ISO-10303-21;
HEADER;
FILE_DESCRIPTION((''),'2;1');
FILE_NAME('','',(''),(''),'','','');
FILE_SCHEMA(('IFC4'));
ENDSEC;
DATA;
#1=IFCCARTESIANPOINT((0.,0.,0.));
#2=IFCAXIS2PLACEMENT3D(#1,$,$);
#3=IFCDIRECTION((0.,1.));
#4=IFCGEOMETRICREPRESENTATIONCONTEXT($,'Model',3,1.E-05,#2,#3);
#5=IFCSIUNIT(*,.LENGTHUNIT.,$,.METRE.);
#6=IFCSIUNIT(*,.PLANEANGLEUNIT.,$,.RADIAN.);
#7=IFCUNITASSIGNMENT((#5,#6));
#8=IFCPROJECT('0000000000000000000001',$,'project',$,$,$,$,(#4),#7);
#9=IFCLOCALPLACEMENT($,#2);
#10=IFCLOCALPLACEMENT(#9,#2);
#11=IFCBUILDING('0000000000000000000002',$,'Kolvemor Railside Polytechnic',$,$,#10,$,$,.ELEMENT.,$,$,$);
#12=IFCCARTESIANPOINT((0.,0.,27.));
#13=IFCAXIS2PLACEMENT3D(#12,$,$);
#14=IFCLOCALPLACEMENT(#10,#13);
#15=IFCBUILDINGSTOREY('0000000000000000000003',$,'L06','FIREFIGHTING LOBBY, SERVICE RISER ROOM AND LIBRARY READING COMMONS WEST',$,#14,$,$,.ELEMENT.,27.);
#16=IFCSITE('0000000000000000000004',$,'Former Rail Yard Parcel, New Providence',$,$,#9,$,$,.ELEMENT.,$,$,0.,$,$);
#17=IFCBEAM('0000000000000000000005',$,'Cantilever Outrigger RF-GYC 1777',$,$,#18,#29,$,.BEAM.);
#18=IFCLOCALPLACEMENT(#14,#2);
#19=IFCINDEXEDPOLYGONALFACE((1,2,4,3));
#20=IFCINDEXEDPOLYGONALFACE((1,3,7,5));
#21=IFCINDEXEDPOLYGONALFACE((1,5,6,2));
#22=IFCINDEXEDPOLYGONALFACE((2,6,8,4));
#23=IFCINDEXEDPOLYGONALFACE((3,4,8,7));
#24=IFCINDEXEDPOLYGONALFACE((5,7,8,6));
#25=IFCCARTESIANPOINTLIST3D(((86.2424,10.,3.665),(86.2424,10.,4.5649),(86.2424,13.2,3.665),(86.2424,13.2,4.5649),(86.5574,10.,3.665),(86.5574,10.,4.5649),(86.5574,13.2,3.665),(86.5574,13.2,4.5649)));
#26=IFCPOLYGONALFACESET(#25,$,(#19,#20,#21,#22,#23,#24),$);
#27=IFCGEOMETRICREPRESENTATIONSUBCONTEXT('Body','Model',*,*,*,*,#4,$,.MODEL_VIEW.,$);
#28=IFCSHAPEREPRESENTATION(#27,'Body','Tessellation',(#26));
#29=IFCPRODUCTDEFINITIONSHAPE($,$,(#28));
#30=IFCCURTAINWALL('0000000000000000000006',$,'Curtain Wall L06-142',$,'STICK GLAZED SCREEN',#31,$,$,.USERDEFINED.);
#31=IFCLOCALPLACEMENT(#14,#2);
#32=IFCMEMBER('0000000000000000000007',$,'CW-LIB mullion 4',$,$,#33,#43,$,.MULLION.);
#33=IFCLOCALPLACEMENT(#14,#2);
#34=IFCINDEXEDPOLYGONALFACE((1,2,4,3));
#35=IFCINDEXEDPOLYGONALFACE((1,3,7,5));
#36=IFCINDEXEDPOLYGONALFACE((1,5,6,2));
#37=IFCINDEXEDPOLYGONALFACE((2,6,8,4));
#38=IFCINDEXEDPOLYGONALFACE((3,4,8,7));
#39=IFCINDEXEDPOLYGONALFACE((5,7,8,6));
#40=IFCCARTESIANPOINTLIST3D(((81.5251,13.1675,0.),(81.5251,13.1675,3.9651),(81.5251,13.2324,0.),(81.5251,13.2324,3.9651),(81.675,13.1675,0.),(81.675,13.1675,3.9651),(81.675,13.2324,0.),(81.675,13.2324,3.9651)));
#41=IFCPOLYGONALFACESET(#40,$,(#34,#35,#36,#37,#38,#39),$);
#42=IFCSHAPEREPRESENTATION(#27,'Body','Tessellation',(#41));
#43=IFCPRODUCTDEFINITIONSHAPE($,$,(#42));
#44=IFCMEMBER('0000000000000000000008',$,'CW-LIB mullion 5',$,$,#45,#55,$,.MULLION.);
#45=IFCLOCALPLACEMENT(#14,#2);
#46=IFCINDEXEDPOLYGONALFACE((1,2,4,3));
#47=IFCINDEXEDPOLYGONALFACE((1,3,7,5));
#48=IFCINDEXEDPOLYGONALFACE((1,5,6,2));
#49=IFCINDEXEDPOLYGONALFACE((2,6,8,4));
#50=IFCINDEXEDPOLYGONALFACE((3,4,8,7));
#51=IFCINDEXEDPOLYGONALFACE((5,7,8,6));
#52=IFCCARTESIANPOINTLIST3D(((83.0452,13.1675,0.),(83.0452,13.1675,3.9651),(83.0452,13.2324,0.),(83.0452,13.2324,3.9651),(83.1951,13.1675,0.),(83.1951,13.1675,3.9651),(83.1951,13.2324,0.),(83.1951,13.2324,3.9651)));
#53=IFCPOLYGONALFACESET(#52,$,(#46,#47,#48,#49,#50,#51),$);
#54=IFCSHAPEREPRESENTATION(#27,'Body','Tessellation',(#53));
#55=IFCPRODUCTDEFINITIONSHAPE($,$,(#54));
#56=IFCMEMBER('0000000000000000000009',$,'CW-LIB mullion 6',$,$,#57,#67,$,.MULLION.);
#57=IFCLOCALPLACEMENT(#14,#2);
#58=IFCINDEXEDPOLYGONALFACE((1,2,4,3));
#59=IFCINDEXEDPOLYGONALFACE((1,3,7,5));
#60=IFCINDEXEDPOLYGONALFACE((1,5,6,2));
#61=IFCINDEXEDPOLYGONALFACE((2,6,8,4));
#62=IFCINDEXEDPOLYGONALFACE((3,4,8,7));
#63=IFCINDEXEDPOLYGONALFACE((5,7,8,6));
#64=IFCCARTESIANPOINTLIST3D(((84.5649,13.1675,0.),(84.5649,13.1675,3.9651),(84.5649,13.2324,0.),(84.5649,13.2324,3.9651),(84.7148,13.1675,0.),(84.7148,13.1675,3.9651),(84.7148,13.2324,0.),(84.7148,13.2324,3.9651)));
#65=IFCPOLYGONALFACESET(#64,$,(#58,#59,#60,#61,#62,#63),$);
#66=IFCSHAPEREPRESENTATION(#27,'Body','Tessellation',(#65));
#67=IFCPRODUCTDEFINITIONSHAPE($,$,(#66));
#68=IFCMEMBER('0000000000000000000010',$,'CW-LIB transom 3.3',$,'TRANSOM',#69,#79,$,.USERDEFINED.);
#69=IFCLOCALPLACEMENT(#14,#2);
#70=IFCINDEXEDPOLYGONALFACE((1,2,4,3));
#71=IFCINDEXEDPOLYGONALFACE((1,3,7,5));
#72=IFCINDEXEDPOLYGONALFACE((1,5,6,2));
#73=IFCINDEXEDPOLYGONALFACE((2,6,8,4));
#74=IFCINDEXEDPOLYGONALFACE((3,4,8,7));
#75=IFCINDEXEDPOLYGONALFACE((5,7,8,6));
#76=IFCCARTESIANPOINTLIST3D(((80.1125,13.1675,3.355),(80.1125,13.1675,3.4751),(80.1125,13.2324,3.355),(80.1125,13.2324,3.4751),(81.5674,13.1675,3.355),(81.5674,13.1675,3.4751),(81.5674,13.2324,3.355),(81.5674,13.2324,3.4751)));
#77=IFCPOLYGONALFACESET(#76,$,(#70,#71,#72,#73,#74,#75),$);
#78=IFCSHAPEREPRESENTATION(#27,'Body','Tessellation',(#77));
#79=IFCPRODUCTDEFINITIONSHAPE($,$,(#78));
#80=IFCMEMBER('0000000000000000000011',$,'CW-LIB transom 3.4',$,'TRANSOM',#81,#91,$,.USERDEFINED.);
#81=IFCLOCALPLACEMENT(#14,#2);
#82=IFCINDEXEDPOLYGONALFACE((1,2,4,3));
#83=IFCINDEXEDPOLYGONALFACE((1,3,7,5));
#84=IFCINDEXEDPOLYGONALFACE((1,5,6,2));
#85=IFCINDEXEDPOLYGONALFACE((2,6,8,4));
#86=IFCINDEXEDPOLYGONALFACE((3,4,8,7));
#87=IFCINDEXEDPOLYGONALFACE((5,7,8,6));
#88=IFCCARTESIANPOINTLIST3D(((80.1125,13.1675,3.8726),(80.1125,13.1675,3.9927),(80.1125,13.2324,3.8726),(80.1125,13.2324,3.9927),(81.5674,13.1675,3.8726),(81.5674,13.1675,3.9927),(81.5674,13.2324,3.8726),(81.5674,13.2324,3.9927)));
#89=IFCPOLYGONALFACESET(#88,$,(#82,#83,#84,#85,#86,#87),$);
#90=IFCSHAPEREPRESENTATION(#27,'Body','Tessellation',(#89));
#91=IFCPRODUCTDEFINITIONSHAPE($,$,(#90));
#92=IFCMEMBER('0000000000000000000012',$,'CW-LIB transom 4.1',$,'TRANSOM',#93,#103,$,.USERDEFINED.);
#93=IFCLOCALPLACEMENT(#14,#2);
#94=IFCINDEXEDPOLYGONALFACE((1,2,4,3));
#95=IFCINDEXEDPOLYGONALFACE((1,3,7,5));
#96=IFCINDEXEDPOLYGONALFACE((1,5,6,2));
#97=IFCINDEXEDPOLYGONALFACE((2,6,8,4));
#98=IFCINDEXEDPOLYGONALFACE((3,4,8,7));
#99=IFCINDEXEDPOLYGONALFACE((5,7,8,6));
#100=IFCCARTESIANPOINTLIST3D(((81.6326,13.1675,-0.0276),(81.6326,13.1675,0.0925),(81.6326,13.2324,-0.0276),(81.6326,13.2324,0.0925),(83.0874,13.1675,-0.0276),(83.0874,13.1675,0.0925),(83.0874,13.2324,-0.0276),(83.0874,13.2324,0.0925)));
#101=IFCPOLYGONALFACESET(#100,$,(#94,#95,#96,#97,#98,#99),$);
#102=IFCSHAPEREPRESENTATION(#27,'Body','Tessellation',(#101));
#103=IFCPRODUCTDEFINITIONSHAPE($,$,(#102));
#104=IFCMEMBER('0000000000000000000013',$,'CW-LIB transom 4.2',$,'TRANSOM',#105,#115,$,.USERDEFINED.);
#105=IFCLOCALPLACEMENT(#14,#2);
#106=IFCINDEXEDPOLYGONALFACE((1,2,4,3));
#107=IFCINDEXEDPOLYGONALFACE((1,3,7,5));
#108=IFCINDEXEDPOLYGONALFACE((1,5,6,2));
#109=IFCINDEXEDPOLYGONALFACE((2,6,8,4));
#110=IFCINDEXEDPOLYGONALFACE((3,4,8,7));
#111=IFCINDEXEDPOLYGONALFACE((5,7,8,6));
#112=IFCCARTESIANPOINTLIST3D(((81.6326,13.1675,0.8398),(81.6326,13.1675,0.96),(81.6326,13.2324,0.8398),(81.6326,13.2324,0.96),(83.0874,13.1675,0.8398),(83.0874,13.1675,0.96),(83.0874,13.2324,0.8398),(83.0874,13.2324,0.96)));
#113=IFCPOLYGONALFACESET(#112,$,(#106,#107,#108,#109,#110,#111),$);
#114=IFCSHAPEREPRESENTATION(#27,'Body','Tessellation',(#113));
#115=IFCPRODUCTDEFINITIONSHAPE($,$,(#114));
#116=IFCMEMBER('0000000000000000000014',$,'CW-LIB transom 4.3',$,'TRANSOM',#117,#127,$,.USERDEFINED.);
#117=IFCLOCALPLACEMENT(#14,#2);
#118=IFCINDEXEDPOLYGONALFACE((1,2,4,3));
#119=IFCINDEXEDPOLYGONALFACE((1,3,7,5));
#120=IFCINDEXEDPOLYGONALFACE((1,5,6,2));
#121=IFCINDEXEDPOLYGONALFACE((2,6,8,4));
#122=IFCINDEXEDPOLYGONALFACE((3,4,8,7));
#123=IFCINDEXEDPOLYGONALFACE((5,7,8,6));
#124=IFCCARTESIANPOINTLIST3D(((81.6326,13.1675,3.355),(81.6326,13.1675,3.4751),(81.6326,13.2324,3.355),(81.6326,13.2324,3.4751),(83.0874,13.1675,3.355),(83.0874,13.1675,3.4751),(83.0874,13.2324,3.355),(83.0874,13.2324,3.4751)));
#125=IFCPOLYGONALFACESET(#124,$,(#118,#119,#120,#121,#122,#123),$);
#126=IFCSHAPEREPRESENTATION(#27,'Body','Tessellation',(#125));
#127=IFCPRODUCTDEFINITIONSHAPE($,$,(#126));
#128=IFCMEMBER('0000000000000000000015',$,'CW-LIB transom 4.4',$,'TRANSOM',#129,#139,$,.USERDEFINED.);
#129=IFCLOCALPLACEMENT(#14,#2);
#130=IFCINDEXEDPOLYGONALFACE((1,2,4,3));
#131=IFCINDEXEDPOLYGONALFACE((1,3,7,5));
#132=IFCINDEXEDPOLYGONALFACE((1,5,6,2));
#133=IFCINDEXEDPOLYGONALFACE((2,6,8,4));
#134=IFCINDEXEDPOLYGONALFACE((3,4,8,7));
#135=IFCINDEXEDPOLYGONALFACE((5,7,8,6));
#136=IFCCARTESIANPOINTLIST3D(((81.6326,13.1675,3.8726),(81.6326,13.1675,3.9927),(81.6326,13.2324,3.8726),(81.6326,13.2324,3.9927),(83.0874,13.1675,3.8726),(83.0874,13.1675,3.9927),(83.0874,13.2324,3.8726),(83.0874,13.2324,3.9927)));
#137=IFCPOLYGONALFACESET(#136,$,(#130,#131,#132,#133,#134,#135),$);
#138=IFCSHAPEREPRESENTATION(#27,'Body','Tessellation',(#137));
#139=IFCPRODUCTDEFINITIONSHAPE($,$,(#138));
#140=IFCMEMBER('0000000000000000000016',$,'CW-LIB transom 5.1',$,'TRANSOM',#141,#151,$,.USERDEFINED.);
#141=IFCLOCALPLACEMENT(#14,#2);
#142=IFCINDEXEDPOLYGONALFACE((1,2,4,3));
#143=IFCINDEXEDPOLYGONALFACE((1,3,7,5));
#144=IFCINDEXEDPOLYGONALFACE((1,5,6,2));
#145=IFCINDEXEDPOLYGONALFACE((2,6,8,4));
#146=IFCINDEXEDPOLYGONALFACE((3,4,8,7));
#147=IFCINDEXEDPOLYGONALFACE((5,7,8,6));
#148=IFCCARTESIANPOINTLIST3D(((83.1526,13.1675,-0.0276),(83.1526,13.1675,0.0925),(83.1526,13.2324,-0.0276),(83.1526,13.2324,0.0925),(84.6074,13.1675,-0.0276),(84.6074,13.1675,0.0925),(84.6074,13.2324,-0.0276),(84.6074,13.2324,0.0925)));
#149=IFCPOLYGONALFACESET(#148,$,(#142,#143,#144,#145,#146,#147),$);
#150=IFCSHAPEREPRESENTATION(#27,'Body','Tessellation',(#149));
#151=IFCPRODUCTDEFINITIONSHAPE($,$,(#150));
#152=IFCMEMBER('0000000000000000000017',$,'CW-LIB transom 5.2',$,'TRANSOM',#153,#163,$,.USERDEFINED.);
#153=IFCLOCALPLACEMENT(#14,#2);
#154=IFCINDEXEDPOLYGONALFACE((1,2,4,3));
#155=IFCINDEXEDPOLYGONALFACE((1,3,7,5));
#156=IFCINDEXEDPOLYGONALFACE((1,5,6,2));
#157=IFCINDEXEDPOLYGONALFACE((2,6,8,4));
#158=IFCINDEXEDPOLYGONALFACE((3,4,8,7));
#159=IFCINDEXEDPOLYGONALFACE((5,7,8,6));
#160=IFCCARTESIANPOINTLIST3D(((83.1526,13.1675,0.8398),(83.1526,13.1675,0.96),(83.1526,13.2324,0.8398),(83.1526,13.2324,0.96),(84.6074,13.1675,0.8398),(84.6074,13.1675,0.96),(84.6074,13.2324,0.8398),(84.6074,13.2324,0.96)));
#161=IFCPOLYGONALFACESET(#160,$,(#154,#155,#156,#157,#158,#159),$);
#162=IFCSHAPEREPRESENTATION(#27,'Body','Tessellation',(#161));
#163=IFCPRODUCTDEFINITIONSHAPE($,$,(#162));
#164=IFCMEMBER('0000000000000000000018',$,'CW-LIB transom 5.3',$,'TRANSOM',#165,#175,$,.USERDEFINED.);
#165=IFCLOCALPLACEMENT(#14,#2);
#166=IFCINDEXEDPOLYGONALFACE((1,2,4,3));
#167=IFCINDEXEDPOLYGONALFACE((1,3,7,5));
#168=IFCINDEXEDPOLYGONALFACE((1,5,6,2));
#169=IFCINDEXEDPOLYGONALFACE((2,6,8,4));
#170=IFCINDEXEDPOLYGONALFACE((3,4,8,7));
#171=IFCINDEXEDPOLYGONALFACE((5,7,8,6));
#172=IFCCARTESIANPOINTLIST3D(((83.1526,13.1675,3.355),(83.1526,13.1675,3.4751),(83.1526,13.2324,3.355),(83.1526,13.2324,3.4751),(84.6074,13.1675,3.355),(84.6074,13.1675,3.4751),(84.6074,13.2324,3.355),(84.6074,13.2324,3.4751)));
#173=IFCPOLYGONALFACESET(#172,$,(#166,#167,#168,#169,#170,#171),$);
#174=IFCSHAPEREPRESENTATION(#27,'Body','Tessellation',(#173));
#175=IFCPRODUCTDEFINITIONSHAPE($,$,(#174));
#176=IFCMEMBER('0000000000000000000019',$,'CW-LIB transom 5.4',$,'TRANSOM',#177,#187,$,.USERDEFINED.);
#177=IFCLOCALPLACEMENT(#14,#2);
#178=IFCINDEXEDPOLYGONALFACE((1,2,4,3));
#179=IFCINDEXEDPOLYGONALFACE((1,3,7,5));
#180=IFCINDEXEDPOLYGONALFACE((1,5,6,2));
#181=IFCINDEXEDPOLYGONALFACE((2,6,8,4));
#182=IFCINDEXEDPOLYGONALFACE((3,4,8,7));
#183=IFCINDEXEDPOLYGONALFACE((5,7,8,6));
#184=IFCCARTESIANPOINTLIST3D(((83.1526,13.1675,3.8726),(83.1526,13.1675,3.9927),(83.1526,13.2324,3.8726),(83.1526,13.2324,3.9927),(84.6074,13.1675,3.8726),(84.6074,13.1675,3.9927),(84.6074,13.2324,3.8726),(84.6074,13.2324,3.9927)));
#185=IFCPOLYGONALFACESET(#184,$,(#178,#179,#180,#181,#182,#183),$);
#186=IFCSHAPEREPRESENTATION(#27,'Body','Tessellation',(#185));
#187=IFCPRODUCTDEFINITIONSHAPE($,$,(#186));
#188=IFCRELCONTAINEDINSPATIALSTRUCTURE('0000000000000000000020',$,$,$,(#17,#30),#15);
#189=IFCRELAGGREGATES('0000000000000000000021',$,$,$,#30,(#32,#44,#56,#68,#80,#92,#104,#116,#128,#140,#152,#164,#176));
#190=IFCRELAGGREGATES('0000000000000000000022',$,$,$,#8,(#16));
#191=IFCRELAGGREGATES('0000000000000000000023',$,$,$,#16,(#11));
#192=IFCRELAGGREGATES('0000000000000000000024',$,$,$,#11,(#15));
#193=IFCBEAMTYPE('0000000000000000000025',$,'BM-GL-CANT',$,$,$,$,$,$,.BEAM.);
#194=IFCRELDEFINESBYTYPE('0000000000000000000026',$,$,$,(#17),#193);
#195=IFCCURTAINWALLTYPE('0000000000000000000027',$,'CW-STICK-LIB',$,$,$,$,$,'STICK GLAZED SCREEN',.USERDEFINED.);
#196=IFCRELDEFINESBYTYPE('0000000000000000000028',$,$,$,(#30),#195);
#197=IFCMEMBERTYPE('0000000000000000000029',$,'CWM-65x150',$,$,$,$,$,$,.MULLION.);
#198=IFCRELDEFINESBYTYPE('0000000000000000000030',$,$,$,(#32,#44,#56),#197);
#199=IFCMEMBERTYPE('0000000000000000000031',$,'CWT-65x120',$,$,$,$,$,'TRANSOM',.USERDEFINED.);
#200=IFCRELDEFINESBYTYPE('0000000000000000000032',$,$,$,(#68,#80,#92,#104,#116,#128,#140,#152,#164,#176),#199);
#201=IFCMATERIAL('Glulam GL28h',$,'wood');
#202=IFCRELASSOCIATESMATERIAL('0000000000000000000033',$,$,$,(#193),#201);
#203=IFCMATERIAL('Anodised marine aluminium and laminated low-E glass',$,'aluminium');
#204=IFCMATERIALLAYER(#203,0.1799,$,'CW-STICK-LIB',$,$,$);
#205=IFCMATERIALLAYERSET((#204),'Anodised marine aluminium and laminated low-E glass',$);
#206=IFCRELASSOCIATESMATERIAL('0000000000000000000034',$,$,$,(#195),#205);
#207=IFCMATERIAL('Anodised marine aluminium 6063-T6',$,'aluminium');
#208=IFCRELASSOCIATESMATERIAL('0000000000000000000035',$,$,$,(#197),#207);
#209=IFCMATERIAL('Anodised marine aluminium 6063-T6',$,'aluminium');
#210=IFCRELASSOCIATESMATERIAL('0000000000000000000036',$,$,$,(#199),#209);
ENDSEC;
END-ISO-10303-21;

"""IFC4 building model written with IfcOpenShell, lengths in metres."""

from ifc_helpers import new_model, si_unit, direction, frame, origin, origin_2d, place, context, subcontext, project, spatial, rectangle, extrude, material, layer, layer_set, material_profile, profile_set, type_object, element, aggregate, save


model = new_model("IFC4")

# Units and contexts
model_context = context("Model", 3, precision=1e-05, world=origin(), true_north=direction((0.0, 1.0)))
body_context = subcontext(model_context, "Body", "Model", "MODEL_VIEW")
ifc_project = project(units=[si_unit("LENGTHUNIT", "METRE"), si_unit("PLANEANGLEUNIT", "RADIAN")], contexts=[model_context])

# Site, building, storey
site_placement = place(None, origin())
site = spatial("IfcSite", under=ifc_project, at=site_placement, Name="Former Rail Yard Parcel, New Providence", CompositionType="ELEMENT", RefElevation=0.0)
building_placement = place(site_placement, origin())
building = spatial("IfcBuilding", under=site, at=building_placement, Name="Kolvemor Railside Polytechnic", CompositionType="ELEMENT")
storey_placement = place(building_placement, frame((0.0, 0.0, 27.0)))
storey = spatial("IfcBuildingStorey", under=building, at=storey_placement, Name="L06", Description="FIREFIGHTING LOBBY, SERVICE RISER ROOM AND LIBRARY READING COMMONS WEST", CompositionType="ELEMENT", Elevation=27.0)

# Beam
ifc_material_1 = material(Name="Glulam GL28h", Category="wood")
ifc_material_profile_1 = material_profile(ifc_material_1, rectangle(XDim=0.3149, YDim=0.8999, at=origin_2d()), Name="GL315x900")
ifc_profile_set_1 = profile_set([ifc_material_profile_1], Name="Glulam GL28h")
beam_type = type_object("IfcBeamType", Name="BM-GL-CANT", PredefinedType="BEAM", material=ifc_profile_set_1)
beam_placement = place(storey_placement, frame((86.3999, 10.0, 4.115), z_axis=(0.0, 1.0, 0.0), x_axis=(-1.0, 0.0, 0.0)))
element("IfcBeam", 1, at=beam_placement, inside=storey, type_object=beam_type, Name="Cantilever Outrigger RF-GYC 1777", PredefinedType="BEAM", context=body_context, shape_type="SweptSolid", body=[
    extrude(rectangle(XDim=0.3149, YDim=0.8999, at=origin_2d()), origin(), (0.0, 0.0, 1.0), 3.2),
])

# Curtain wall, members
ifc_material_2 = material(Name="Anodised marine aluminium and laminated low-E glass", Category="aluminium")
ifc_layer_1 = layer(ifc_material_2, 0.1799, Name="CW-STICK-LIB")
ifc_layer_set_1 = layer_set([ifc_layer_1], Name="Anodised marine aluminium and laminated low-E glass")
curtain_wall_type = type_object("IfcCurtainWallType", Name="CW-STICK-LIB", ElementType="STICK GLAZED SCREEN", PredefinedType="USERDEFINED", material=ifc_layer_set_1)
curtain_wall_placement = place(storey_placement, origin())
curtain_wall = element("IfcCurtainWall", 2, at=curtain_wall_placement, inside=storey, type_object=curtain_wall_type, Name="Curtain Wall L06-142", ObjectType="STICK GLAZED SCREEN", PredefinedType="USERDEFINED")
ifc_material_3 = material(Name="Anodised marine aluminium 6063-T6", Category="aluminium")
ifc_material_profile_2 = material_profile(ifc_material_3, rectangle(XDim=0.0649, YDim=0.1499, at=origin_2d()), Name="CW-MUL-65x150")
ifc_profile_set_2 = profile_set([ifc_material_profile_2], Name="Anodised marine aluminium 6063-T6")
member_type_1 = type_object("IfcMemberType", Name="CWM-65x150", PredefinedType="MULLION", material=ifc_profile_set_2)
member_1_placement = place(storey_placement, frame((81.6001, 13.2, 0.0), z_axis=(0.0, 0.0, 1.0), x_axis=(0.0, 1.0, 0.0)))
member_1 = element("IfcMember", 3, at=member_1_placement, type_object=member_type_1, Name="CW-LIB mullion 4", PredefinedType="MULLION", context=body_context, shape_type="SweptSolid", body=[
    extrude(rectangle(XDim=0.0649, YDim=0.1499, at=origin_2d()), origin(), (0.0, 0.0, 1.0), 3.9651),
])
member_2_placement = place(storey_placement, frame((83.1201, 13.2, 0.0), z_axis=(0.0, 0.0, 1.0), x_axis=(0.0, 1.0, 0.0)))
member_2 = element("IfcMember", 4, at=member_2_placement, type_object=member_type_1, Name="CW-LIB mullion 5", PredefinedType="MULLION", context=body_context, shape_type="SweptSolid", body=[
    extrude(rectangle(XDim=0.0649, YDim=0.1499, at=origin_2d()), origin(), (0.0, 0.0, 1.0), 3.9651),
])
member_3_placement = place(storey_placement, frame((84.6399, 13.2, 0.0), z_axis=(0.0, 0.0, 1.0), x_axis=(0.0, 1.0, 0.0)))
member_3 = element("IfcMember", 5, at=member_3_placement, type_object=member_type_1, Name="CW-LIB mullion 6", PredefinedType="MULLION", context=body_context, shape_type="SweptSolid", body=[
    extrude(rectangle(XDim=0.0649, YDim=0.1499, at=origin_2d()), origin(), (0.0, 0.0, 1.0), 3.9651),
])
ifc_material_4 = material(Name="Anodised marine aluminium 6063-T6", Category="aluminium")
ifc_material_profile_3 = material_profile(ifc_material_4, rectangle(XDim=0.0649, YDim=0.1201, at=origin_2d()), Name="CW-TRN-65x120")
ifc_profile_set_3 = profile_set([ifc_material_profile_3], Name="Anodised marine aluminium 6063-T6")
member_type_2 = type_object("IfcMemberType", Name="CWT-65x120", ElementType="TRANSOM", PredefinedType="USERDEFINED", material=ifc_profile_set_3)
member_4_placement = place(storey_placement, frame((80.1125, 13.2, 3.415), z_axis=(1.0, 0.0, 0.0), x_axis=(0.0, 1.0, 0.0)))
member_4 = element("IfcMember", 6, at=member_4_placement, type_object=member_type_2, Name="CW-LIB transom 3.3", ObjectType="TRANSOM", PredefinedType="USERDEFINED", context=body_context, shape_type="SweptSolid", body=[
    extrude(rectangle(XDim=0.0649, YDim=0.1201, at=origin_2d()), origin(), (0.0, 0.0, 1.0), 1.4548),
])
member_5_placement = place(storey_placement, frame((80.1125, 13.2, 3.9326), z_axis=(1.0, 0.0, 0.0), x_axis=(0.0, 1.0, 0.0)))
member_5 = element("IfcMember", 7, at=member_5_placement, type_object=member_type_2, Name="CW-LIB transom 3.4", ObjectType="TRANSOM", PredefinedType="USERDEFINED", context=body_context, shape_type="SweptSolid", body=[
    extrude(rectangle(XDim=0.0649, YDim=0.1201, at=origin_2d()), origin(), (0.0, 0.0, 1.0), 1.4548),
])
member_6_placement = place(storey_placement, frame((81.6326, 13.2, 0.0325), z_axis=(1.0, 0.0, 0.0), x_axis=(0.0, 1.0, 0.0)))
member_6 = element("IfcMember", 8, at=member_6_placement, type_object=member_type_2, Name="CW-LIB transom 4.1", ObjectType="TRANSOM", PredefinedType="USERDEFINED", context=body_context, shape_type="SweptSolid", body=[
    extrude(rectangle(XDim=0.0649, YDim=0.1201, at=origin_2d()), origin(), (0.0, 0.0, 1.0), 1.4548),
])
member_7_placement = place(storey_placement, frame((81.6326, 13.2, 0.8999), z_axis=(1.0, 0.0, 0.0), x_axis=(0.0, 1.0, 0.0)))
member_7 = element("IfcMember", 9, at=member_7_placement, type_object=member_type_2, Name="CW-LIB transom 4.2", ObjectType="TRANSOM", PredefinedType="USERDEFINED", context=body_context, shape_type="SweptSolid", body=[
    extrude(rectangle(XDim=0.0649, YDim=0.1201, at=origin_2d()), origin(), (0.0, 0.0, 1.0), 1.4548),
])
member_8_placement = place(storey_placement, frame((81.6326, 13.2, 3.415), z_axis=(1.0, 0.0, 0.0), x_axis=(0.0, 1.0, 0.0)))
member_8 = element("IfcMember", 10, at=member_8_placement, type_object=member_type_2, Name="CW-LIB transom 4.3", ObjectType="TRANSOM", PredefinedType="USERDEFINED", context=body_context, shape_type="SweptSolid", body=[
    extrude(rectangle(XDim=0.0649, YDim=0.1201, at=origin_2d()), origin(), (0.0, 0.0, 1.0), 1.4548),
])
member_9_placement = place(storey_placement, frame((81.6326, 13.2, 3.9326), z_axis=(1.0, 0.0, 0.0), x_axis=(0.0, 1.0, 0.0)))
member_9 = element("IfcMember", 11, at=member_9_placement, type_object=member_type_2, Name="CW-LIB transom 4.4", ObjectType="TRANSOM", PredefinedType="USERDEFINED", context=body_context, shape_type="SweptSolid", body=[
    extrude(rectangle(XDim=0.0649, YDim=0.1201, at=origin_2d()), origin(), (0.0, 0.0, 1.0), 1.4548),
])
member_10_placement = place(storey_placement, frame((83.1526, 13.2, 0.0325), z_axis=(1.0, 0.0, 0.0), x_axis=(0.0, 1.0, 0.0)))
member_10 = element("IfcMember", 12, at=member_10_placement, type_object=member_type_2, Name="CW-LIB transom 5.1", ObjectType="TRANSOM", PredefinedType="USERDEFINED", context=body_context, shape_type="SweptSolid", body=[
    extrude(rectangle(XDim=0.0649, YDim=0.1201, at=origin_2d()), origin(), (0.0, 0.0, 1.0), 1.4548),
])
member_11_placement = place(storey_placement, frame((83.1526, 13.2, 0.8999), z_axis=(1.0, 0.0, 0.0), x_axis=(0.0, 1.0, 0.0)))
member_11 = element("IfcMember", 13, at=member_11_placement, type_object=member_type_2, Name="CW-LIB transom 5.2", ObjectType="TRANSOM", PredefinedType="USERDEFINED", context=body_context, shape_type="SweptSolid", body=[
    extrude(rectangle(XDim=0.0649, YDim=0.1201, at=origin_2d()), origin(), (0.0, 0.0, 1.0), 1.4548),
])
member_12_placement = place(storey_placement, frame((83.1526, 13.2, 3.415), z_axis=(1.0, 0.0, 0.0), x_axis=(0.0, 1.0, 0.0)))
member_12 = element("IfcMember", 14, at=member_12_placement, type_object=member_type_2, Name="CW-LIB transom 5.3", ObjectType="TRANSOM", PredefinedType="USERDEFINED", context=body_context, shape_type="SweptSolid", body=[
    extrude(rectangle(XDim=0.0649, YDim=0.1201, at=origin_2d()), origin(), (0.0, 0.0, 1.0), 1.4548),
])
member_13_placement = place(storey_placement, frame((83.1526, 13.2, 3.9326), z_axis=(1.0, 0.0, 0.0), x_axis=(0.0, 1.0, 0.0)))
member_13 = element("IfcMember", 15, at=member_13_placement, type_object=member_type_2, Name="CW-LIB transom 5.4", ObjectType="TRANSOM", PredefinedType="USERDEFINED", context=body_context, shape_type="SweptSolid", body=[
    extrude(rectangle(XDim=0.0649, YDim=0.1201, at=origin_2d()), origin(), (0.0, 0.0, 1.0), 1.4548),
])
aggregate(curtain_wall, [member_1, member_2, member_3, member_4, member_5, member_6, member_7, member_8, member_9, member_10, member_11, member_12, member_13])

save(model, "model.ifc")
